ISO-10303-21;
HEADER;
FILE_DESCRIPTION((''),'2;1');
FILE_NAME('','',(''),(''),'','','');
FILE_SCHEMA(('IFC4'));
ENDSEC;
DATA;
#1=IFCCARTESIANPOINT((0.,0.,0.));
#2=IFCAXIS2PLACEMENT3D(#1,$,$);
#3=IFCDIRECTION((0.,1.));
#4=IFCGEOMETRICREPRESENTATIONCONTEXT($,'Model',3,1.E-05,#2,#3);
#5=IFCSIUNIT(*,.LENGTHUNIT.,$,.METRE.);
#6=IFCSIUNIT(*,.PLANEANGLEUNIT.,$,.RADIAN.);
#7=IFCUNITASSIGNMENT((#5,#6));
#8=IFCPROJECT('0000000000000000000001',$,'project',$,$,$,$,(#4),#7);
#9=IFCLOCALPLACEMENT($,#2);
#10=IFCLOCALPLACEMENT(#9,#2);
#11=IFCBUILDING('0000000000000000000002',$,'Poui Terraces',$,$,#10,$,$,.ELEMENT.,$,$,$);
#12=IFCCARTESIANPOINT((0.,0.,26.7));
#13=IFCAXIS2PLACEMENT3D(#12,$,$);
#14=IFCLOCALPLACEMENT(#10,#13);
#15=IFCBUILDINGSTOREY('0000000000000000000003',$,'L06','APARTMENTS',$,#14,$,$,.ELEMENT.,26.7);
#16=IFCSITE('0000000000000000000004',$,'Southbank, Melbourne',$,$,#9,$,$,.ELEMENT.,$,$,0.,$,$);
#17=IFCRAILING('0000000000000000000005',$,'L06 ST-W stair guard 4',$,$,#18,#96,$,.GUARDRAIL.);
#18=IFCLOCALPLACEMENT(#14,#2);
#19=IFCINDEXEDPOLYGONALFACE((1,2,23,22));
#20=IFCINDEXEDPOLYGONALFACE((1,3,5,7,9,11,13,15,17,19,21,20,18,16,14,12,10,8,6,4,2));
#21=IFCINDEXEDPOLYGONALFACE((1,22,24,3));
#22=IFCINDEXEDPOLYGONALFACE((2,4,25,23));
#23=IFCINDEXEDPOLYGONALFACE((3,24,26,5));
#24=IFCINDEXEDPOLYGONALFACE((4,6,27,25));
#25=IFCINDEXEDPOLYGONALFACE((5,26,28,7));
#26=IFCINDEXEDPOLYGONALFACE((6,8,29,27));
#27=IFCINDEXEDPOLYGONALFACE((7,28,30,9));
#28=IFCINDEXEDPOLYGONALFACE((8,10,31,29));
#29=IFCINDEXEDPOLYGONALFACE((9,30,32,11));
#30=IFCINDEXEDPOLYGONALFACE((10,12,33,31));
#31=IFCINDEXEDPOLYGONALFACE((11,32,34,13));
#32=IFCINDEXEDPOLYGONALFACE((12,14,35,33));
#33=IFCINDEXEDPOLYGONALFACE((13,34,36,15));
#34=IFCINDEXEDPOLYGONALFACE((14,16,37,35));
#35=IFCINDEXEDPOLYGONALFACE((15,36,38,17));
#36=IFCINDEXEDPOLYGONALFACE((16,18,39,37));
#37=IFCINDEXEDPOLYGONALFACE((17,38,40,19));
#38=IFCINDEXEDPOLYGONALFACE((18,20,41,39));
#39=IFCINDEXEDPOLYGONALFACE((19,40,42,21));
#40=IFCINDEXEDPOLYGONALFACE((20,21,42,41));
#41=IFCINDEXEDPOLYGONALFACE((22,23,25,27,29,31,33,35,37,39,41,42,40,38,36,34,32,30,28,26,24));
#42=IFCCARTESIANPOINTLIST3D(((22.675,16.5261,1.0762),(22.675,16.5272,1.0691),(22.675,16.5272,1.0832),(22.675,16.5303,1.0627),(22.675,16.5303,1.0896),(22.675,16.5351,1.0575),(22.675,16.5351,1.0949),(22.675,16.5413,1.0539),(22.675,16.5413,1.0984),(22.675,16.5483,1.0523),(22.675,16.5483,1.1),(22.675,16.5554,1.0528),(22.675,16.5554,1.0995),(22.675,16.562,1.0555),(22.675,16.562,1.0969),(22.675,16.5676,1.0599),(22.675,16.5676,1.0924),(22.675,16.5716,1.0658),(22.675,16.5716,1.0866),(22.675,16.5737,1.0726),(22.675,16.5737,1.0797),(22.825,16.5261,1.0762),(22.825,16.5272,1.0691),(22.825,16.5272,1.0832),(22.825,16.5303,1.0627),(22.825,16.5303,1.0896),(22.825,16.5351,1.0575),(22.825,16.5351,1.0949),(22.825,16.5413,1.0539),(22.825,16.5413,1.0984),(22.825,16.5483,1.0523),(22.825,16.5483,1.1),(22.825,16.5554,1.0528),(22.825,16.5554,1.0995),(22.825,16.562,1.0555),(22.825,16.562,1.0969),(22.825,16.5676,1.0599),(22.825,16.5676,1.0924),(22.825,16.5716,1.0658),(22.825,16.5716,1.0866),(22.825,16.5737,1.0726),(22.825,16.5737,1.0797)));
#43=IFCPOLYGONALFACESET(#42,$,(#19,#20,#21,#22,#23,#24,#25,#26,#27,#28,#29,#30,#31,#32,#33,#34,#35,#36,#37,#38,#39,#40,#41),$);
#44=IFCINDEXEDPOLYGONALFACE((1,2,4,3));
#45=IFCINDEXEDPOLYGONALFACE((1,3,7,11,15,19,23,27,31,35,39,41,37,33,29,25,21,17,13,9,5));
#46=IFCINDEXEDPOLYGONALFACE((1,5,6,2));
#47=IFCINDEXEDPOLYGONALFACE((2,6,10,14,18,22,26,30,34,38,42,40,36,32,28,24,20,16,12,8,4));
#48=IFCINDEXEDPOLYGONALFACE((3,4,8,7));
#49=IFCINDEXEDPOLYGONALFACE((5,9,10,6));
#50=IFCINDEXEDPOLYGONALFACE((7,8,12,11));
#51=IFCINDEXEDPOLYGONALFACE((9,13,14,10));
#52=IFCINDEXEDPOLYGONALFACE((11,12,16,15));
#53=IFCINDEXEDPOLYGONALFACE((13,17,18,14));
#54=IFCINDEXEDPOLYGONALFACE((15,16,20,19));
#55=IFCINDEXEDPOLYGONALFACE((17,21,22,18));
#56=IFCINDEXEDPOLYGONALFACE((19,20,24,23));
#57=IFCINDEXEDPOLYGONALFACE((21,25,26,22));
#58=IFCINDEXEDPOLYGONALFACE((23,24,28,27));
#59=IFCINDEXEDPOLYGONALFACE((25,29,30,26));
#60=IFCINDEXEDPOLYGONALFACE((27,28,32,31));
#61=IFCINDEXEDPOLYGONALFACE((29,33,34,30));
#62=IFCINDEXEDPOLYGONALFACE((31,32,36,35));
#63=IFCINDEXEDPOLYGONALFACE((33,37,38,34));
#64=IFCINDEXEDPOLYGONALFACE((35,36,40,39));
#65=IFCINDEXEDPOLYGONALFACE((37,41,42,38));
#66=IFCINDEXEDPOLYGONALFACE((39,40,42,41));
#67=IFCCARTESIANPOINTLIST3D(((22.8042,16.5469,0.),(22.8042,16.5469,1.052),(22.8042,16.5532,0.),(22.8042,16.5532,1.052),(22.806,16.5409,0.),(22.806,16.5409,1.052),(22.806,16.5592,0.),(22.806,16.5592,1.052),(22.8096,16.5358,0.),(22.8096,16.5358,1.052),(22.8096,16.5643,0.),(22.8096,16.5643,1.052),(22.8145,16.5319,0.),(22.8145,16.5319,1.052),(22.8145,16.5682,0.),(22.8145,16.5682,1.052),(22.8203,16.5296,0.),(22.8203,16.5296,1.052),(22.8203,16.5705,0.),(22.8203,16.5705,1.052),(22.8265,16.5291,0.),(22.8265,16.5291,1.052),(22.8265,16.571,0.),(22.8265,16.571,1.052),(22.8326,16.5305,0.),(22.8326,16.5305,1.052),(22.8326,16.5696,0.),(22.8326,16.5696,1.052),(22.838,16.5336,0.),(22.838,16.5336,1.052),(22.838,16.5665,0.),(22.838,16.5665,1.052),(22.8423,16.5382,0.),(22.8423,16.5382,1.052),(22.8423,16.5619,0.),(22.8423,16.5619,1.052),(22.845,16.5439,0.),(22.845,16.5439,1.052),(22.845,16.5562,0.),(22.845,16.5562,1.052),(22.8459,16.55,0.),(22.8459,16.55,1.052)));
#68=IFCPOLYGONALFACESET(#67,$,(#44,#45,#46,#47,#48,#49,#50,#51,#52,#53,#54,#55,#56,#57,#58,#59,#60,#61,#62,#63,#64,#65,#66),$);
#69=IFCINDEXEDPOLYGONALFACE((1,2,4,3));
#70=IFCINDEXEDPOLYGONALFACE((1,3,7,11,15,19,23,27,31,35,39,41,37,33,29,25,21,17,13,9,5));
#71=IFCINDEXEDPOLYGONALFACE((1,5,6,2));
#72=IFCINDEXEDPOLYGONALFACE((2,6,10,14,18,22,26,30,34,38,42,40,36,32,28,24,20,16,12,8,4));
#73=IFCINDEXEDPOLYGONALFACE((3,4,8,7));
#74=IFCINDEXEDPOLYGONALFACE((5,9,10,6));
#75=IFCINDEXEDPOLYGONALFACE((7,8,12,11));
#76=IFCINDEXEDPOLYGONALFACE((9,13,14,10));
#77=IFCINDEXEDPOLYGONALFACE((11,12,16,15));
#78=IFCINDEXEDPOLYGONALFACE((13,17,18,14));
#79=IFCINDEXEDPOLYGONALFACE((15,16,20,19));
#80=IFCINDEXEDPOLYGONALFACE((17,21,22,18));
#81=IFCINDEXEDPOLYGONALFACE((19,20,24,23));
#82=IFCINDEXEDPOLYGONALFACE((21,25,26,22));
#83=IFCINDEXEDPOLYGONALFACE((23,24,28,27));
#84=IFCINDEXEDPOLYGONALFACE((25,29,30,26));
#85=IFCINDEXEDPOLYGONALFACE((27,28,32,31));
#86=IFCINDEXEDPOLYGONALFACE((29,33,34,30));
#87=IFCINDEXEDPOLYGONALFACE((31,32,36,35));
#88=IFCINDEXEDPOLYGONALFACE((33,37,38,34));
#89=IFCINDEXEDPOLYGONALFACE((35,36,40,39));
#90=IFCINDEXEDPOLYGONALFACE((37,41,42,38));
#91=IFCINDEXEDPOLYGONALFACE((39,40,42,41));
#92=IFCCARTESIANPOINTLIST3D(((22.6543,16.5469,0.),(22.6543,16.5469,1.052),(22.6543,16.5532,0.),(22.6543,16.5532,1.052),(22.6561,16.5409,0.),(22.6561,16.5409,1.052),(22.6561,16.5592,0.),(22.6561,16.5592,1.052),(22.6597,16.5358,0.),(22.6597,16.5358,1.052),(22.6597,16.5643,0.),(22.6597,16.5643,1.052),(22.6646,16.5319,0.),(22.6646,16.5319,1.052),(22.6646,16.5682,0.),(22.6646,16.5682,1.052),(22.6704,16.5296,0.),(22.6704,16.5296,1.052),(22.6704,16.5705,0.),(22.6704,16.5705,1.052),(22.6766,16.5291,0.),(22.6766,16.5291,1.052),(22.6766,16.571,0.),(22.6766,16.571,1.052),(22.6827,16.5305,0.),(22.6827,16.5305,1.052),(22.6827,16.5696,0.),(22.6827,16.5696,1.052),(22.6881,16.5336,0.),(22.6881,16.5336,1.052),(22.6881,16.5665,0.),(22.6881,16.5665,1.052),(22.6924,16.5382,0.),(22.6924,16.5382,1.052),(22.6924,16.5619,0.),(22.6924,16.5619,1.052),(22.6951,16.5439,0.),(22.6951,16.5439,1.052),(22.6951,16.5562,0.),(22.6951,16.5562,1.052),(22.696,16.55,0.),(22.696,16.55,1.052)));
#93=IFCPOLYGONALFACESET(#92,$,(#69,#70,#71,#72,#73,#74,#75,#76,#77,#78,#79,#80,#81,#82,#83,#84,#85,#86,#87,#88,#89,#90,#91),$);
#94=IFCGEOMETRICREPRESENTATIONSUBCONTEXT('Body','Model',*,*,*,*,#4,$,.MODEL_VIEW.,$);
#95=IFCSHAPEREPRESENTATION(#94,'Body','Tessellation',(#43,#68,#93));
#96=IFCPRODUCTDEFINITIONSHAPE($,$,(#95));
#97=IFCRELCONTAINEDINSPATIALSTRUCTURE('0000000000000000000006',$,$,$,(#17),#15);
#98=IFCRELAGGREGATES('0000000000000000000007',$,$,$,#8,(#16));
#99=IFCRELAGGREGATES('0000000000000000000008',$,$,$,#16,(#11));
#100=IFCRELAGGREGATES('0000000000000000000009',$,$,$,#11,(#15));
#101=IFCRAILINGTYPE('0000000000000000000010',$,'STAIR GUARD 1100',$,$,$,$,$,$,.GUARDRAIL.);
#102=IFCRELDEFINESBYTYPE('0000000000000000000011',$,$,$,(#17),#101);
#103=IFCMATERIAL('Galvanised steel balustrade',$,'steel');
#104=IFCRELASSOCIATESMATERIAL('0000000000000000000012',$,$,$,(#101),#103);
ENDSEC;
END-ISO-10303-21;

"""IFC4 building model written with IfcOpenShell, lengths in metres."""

from ifc_helpers import new_model, si_unit, direction, frame, origin, origin_2d, place, context, subcontext, project, spatial, circle, extrude, material, type_object, element, save


model = new_model("IFC4")

# Units and contexts
model_context = context("Model", 3, precision=1e-05, world=origin(), true_north=direction((0.0, 1.0)))
body_context = subcontext(model_context, "Body", "Model", "MODEL_VIEW")
ifc_project = project(units=[si_unit("LENGTHUNIT", "METRE"), si_unit("PLANEANGLEUNIT", "RADIAN")], contexts=[model_context])

# Site, building, storey
site_placement = place(None, origin())
site = spatial("IfcSite", under=ifc_project, at=site_placement, Name="Southbank, Melbourne", CompositionType="ELEMENT", RefElevation=0.0)
building_placement = place(site_placement, origin())
building = spatial("IfcBuilding", under=site, at=building_placement, Name="Poui Terraces", CompositionType="ELEMENT")
storey_placement = place(building_placement, frame((0.0, 0.0, 26.7)))
storey = spatial("IfcBuildingStorey", under=building, at=storey_placement, Name="L06", Description="APARTMENTS", CompositionType="ELEMENT", Elevation=26.7)

# Railing
ifc_material_1 = material(Name="Galvanised steel balustrade", Category="steel")
railing_type_1 = type_object("IfcRailingType", Name="STAIR GUARD 1100", PredefinedType="GUARDRAIL", material=ifc_material_1)
railing_1_placement = place(storey_placement, frame((22.825, 16.55, 0.0)))
element("IfcRailing", 1, at=railing_1_placement, inside=storey, type_object=railing_type_1, Name="L06 ST-W stair guard 4", PredefinedType="GUARDRAIL", context=body_context, shape_type="SweptSolid", body=[
    extrude(circle(Radius=0.0239, at=origin_2d()), frame((0.0, 0.0, 1.0762), z_axis=(-1.0, 0.0, 0.0), x_axis=(0.0, -1.0, 0.0)), (0.0, 0.0, 1.0), 0.1499),
    extrude(circle(Radius=0.021, at=origin_2d()), origin(), (0.0, 0.0, 1.0), 1.052),
    extrude(circle(Radius=0.021, at=origin_2d()), frame((-0.1499, 0.0, 0.0)), (0.0, 0.0, 1.0), 1.052),
])

save(model, "model.ifc")
